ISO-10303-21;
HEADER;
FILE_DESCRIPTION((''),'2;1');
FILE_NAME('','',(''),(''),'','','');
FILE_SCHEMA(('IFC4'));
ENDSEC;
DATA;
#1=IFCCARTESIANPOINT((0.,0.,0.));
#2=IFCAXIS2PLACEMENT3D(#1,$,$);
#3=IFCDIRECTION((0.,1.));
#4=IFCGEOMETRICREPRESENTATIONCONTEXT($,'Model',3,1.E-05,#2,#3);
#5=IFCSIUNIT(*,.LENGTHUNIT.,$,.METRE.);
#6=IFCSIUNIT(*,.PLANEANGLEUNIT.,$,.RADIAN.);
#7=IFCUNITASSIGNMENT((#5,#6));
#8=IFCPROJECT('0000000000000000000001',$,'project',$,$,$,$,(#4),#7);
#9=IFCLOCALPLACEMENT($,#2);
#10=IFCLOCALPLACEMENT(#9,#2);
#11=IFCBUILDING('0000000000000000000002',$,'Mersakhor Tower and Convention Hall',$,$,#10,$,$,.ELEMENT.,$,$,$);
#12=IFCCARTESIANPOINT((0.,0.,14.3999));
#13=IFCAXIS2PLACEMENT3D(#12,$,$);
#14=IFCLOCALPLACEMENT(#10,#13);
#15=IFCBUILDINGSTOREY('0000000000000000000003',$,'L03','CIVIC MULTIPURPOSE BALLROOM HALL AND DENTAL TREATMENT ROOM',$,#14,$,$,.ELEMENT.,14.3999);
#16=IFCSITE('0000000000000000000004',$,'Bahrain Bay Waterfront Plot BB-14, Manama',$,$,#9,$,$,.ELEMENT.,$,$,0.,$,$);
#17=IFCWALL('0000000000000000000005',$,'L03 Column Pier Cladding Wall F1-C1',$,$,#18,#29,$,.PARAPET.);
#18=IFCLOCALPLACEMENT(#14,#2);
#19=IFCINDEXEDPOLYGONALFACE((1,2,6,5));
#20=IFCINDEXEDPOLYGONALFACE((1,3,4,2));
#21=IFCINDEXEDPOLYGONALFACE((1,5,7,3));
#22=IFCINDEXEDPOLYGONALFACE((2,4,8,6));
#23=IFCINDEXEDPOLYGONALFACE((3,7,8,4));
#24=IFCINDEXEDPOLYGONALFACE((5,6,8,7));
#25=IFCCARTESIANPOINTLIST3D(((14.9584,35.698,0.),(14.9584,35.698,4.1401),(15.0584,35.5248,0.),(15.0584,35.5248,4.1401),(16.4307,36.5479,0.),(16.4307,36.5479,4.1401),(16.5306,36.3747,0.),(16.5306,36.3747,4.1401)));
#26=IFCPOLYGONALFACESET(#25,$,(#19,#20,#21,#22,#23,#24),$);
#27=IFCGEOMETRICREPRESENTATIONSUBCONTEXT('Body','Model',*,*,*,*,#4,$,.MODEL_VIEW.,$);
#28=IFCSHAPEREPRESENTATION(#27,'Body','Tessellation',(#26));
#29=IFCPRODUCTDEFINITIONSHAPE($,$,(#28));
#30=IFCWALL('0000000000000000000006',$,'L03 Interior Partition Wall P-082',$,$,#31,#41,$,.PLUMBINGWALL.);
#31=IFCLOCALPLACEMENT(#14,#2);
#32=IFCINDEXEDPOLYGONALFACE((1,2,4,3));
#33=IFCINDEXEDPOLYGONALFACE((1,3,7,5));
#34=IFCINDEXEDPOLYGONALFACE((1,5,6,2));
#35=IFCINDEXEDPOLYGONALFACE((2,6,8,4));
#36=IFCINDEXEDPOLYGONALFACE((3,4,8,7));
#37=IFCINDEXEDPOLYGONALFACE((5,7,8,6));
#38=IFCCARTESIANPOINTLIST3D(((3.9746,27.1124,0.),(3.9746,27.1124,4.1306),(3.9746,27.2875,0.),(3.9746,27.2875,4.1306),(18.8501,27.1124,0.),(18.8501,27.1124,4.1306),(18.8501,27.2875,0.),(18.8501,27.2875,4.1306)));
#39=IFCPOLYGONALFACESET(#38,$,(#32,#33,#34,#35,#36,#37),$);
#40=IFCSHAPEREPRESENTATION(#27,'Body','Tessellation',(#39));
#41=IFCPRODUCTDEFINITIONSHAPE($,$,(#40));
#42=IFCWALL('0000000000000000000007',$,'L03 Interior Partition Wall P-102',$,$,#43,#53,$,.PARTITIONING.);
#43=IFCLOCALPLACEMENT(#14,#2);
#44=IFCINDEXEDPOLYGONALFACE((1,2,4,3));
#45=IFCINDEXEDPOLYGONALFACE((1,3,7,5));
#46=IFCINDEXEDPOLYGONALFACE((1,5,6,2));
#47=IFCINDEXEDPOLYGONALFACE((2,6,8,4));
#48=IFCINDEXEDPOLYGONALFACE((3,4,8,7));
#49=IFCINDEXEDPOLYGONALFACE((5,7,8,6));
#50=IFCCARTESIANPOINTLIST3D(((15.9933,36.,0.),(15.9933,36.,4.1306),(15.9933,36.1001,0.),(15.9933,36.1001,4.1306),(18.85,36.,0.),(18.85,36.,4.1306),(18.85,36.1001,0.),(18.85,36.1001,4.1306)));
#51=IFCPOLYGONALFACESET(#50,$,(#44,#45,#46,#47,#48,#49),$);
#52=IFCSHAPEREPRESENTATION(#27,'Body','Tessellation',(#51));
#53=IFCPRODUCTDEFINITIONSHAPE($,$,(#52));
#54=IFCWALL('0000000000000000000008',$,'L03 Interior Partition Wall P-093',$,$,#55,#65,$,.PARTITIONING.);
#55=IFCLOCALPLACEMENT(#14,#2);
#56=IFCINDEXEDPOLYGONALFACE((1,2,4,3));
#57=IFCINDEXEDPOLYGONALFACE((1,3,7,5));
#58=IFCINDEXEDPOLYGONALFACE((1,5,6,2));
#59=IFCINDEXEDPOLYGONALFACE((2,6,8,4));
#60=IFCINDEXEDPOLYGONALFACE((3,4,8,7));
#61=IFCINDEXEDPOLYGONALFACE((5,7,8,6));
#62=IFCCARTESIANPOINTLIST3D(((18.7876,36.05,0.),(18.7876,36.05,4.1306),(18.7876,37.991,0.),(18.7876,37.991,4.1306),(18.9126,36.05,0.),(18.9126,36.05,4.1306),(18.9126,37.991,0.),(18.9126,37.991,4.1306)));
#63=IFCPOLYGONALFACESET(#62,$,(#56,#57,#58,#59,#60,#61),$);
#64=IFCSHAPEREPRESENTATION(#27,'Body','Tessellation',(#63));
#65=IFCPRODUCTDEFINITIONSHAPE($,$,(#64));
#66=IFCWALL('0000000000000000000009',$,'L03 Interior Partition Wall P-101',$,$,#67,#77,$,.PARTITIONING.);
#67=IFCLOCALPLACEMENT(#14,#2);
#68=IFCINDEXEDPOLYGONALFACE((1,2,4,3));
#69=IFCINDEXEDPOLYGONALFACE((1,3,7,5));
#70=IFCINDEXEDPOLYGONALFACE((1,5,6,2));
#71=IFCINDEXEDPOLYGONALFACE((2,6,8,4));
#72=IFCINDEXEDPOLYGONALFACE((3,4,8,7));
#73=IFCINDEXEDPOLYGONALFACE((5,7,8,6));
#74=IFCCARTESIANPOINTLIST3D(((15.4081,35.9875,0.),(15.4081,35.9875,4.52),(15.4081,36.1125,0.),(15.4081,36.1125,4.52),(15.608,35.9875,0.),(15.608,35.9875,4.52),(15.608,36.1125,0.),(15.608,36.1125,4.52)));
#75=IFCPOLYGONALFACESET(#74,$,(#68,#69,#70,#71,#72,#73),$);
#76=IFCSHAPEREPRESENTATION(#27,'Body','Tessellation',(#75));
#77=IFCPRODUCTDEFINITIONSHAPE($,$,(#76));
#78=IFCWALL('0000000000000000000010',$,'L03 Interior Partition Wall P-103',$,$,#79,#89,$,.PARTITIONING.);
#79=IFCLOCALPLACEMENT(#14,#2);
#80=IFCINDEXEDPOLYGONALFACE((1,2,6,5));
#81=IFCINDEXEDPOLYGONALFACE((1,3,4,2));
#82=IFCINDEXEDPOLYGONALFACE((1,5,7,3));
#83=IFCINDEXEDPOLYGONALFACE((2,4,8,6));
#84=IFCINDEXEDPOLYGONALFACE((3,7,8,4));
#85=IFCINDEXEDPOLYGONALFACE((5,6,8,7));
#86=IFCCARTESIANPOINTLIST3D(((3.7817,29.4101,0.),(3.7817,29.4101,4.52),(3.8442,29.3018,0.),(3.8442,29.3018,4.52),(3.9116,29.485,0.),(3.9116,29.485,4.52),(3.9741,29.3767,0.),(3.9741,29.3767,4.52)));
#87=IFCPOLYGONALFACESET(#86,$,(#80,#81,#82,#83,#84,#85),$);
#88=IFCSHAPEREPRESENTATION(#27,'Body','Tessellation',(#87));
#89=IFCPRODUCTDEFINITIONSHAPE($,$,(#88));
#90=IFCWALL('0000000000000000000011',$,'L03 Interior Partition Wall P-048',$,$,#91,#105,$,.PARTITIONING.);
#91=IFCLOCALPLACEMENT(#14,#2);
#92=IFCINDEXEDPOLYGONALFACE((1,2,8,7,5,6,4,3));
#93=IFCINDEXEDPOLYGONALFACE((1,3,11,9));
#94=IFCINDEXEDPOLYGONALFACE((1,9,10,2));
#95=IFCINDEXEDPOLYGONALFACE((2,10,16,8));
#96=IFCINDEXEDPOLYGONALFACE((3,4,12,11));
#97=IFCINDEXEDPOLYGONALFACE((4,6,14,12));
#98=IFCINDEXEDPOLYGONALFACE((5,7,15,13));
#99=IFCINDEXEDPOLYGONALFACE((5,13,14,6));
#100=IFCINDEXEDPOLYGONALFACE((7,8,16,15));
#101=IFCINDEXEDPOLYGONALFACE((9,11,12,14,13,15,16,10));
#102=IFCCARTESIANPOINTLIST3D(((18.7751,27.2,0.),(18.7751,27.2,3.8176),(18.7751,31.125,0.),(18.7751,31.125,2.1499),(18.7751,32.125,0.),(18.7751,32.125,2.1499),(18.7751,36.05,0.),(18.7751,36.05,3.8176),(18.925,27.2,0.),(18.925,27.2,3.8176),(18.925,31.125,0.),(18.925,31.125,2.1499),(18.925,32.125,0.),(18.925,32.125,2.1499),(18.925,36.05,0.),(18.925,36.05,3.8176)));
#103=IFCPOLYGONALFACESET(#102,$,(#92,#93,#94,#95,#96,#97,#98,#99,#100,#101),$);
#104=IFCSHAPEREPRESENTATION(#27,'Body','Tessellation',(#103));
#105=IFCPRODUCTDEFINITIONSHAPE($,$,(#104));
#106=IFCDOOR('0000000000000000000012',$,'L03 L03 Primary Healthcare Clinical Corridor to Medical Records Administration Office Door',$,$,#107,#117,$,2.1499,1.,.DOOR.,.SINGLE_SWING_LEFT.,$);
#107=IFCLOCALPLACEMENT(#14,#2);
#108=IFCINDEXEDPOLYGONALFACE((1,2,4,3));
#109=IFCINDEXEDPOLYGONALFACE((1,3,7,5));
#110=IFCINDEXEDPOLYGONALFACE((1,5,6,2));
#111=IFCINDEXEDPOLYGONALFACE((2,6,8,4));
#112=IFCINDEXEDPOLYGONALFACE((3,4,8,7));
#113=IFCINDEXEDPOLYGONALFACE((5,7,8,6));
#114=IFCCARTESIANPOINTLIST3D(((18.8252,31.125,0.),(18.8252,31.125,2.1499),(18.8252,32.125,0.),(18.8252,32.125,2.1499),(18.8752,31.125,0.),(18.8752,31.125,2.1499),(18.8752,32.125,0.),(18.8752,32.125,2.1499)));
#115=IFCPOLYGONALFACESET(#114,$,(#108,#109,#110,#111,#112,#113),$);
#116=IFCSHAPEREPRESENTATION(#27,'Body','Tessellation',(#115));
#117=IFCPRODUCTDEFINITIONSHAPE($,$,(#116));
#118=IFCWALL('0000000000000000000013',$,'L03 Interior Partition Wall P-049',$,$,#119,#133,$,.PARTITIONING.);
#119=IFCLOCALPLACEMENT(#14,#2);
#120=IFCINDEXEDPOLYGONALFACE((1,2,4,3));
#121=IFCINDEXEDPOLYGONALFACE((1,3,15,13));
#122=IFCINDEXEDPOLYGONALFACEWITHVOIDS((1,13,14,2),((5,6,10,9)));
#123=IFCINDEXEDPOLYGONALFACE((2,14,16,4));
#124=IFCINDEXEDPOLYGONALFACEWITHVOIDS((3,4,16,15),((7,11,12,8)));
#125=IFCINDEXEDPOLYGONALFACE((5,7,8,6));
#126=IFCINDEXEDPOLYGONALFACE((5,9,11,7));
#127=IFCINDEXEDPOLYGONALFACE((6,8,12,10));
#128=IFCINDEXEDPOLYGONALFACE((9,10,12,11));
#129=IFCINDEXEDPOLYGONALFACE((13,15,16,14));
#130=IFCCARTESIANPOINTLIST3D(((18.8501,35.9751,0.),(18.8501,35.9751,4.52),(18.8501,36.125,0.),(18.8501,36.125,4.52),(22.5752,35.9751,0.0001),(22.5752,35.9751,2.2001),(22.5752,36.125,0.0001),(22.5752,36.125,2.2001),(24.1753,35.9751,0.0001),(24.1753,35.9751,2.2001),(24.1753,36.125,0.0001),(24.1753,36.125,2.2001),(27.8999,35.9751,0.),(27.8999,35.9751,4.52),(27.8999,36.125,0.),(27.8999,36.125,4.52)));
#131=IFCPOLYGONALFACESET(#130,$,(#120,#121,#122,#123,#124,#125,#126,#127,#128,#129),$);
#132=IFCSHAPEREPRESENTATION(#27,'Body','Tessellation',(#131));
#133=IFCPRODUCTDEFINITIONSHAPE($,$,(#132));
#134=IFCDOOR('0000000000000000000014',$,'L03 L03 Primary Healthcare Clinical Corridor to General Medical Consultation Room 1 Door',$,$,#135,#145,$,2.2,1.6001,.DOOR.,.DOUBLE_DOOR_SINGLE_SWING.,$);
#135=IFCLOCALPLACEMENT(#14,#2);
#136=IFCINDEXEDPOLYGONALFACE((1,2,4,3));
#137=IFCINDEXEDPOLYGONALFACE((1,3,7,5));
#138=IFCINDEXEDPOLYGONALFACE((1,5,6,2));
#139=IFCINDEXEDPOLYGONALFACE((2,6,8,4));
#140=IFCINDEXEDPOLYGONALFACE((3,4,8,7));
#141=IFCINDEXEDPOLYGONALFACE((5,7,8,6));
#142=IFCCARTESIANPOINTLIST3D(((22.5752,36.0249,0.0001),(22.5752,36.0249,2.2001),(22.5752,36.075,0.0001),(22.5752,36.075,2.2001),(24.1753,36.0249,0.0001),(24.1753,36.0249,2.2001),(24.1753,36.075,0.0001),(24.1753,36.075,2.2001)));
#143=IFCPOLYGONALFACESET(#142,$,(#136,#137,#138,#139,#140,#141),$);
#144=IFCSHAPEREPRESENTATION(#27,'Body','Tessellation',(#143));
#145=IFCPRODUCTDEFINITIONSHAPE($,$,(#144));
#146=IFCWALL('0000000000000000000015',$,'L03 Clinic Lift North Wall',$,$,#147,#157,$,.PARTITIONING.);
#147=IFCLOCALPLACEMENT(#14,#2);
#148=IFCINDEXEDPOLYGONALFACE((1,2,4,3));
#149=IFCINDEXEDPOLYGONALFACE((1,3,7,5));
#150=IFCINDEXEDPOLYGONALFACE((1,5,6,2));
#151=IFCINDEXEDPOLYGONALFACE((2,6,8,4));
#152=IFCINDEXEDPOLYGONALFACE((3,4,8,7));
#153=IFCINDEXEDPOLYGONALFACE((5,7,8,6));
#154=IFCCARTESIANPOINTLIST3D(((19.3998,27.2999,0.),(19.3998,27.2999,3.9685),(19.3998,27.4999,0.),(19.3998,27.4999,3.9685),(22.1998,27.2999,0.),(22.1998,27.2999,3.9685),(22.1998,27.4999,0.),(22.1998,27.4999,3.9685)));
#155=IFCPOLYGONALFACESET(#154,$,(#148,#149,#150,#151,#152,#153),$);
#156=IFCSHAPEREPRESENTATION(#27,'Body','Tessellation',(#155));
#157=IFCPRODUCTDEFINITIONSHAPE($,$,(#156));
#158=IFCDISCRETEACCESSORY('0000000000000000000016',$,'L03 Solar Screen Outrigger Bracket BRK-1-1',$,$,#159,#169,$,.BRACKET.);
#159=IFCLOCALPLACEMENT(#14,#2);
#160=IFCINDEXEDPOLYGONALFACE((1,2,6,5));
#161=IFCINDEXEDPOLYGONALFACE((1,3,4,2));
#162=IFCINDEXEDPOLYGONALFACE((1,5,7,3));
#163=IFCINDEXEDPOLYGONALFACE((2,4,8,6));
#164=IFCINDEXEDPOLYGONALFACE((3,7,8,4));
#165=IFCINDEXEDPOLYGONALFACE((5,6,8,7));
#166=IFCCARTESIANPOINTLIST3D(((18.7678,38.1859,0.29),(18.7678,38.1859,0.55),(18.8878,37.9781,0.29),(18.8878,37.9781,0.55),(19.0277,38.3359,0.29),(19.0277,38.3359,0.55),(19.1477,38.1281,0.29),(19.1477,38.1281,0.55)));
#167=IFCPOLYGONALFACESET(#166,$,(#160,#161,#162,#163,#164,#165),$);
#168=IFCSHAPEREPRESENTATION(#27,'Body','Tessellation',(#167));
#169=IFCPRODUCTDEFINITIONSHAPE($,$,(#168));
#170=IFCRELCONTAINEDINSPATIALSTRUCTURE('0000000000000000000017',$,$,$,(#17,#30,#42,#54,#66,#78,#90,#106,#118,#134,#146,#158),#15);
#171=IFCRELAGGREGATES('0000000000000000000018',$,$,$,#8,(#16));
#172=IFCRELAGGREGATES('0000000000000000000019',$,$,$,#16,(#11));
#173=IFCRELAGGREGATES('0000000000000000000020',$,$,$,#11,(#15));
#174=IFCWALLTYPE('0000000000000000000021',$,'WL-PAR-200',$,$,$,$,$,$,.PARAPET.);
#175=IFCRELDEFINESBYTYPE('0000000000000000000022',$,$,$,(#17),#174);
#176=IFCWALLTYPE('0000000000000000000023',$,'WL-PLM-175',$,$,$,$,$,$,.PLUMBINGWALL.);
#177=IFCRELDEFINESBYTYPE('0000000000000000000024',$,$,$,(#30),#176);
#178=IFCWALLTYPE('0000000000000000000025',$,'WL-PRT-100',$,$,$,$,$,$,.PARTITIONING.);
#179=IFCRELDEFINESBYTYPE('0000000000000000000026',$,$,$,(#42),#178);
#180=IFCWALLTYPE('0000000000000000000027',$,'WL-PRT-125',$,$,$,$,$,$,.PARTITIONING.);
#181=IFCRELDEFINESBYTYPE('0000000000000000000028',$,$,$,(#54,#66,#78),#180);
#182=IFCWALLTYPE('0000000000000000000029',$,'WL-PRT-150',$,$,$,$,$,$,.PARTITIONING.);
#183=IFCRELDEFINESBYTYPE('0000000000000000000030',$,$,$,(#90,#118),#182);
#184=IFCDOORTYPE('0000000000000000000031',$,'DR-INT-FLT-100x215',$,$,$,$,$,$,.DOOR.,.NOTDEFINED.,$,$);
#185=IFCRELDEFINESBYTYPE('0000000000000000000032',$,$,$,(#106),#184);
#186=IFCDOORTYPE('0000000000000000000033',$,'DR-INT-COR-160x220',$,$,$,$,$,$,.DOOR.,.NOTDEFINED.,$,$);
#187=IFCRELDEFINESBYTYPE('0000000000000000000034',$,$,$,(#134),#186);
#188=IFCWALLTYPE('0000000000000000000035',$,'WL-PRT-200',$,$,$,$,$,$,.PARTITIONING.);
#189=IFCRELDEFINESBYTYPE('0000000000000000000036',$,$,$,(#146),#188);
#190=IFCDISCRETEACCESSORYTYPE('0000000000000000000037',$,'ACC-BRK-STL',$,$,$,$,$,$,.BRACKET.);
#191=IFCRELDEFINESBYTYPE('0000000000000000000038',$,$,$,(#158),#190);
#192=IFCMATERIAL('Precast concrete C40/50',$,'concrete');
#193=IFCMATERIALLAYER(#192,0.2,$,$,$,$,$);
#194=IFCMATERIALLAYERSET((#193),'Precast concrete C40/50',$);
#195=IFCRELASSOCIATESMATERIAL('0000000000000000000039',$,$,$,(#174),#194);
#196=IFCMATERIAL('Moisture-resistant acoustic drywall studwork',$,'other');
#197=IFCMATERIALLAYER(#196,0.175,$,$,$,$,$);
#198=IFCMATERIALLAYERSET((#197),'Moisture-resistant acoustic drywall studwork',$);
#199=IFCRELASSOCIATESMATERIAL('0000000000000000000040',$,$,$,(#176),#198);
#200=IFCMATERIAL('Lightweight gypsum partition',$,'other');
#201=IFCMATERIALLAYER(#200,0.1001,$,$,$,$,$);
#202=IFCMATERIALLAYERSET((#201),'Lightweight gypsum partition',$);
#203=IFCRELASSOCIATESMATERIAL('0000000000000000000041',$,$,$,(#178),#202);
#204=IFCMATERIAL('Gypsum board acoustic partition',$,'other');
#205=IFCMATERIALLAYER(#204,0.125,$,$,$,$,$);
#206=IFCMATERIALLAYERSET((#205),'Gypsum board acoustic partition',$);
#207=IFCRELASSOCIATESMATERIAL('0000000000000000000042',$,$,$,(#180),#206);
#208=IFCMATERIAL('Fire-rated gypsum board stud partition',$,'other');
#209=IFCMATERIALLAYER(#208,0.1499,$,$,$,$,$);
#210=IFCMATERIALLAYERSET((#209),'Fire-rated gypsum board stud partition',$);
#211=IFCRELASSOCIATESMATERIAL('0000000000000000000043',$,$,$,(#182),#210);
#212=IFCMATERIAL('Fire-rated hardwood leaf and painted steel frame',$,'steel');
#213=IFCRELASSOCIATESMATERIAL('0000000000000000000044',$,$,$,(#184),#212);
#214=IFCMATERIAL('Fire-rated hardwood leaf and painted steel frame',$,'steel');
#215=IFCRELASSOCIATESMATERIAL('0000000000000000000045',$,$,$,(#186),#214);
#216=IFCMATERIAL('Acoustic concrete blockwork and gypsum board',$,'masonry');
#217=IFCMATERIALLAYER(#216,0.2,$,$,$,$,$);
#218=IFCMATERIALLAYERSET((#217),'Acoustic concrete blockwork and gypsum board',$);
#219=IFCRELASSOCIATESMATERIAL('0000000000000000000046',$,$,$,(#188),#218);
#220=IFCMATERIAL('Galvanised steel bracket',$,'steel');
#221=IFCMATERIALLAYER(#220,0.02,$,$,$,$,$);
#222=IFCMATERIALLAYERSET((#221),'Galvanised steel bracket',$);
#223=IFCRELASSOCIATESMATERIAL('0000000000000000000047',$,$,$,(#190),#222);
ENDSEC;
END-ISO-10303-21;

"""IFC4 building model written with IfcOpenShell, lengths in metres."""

from ifc_helpers import new_model, si_unit, direction, frame, frame_2d, origin, origin_2d, place, context, subcontext, project, spatial, rectangle, extrude, material, layer, layer_set, type_object, element, fill, save


model = new_model("IFC4")

# Units and contexts
model_context = context("Model", 3, precision=1e-05, world=origin(), true_north=direction((0.0, 1.0)))
body_context = subcontext(model_context, "Body", "Model", "MODEL_VIEW")
ifc_project = project(units=[si_unit("LENGTHUNIT", "METRE"), si_unit("PLANEANGLEUNIT", "RADIAN")], contexts=[model_context])

# Site, building, storey
site_placement = place(None, origin())
site = spatial("IfcSite", under=ifc_project, at=site_placement, Name="Bahrain Bay Waterfront Plot BB-14, Manama", CompositionType="ELEMENT", RefElevation=0.0)
building_placement = place(site_placement, origin())
building = spatial("IfcBuilding", under=site, at=building_placement, Name="Mersakhor Tower and Convention Hall", CompositionType="ELEMENT")
storey_placement = place(building_placement, frame((0.0, 0.0, 14.3999)))
storey = spatial("IfcBuildingStorey", under=building, at=storey_placement, Name="L03", Description="CIVIC MULTIPURPOSE BALLROOM HALL AND DENTAL TREATMENT ROOM", CompositionType="ELEMENT", Elevation=14.3999)

# Walls
ifc_material_1 = material(Name="Precast concrete C40/50", Category="concrete")
ifc_layer_1 = layer(ifc_material_1, 0.2)
ifc_layer_set_1 = layer_set([ifc_layer_1], Name="Precast concrete C40/50")
wall_type_1 = type_object("IfcWallType", Name="WL-PAR-200", PredefinedType="PARAPET", material=ifc_layer_set_1)
wall_1_placement = place(storey_placement, frame((15.0083, 35.6113, 0.0), z_axis=(0.0, 0.0, 1.0), x_axis=(0.866052, 0.499955, 0.0)))
element("IfcWall", 1, at=wall_1_placement, inside=storey, type_object=wall_type_1, Name="L03 Column Pier Cladding Wall F1-C1", PredefinedType="PARAPET", context=body_context, shape_type="SweptSolid", body=[
    extrude(rectangle(XDim=1.7, YDim=0.2, at=frame_2d((0.8501, 0.0))), origin(), (0.0, 0.0, 1.0), 4.1401),
])
ifc_material_2 = material(Name="Moisture-resistant acoustic drywall studwork", Category="other")
ifc_layer_2 = layer(ifc_material_2, 0.175)
ifc_layer_set_2 = layer_set([ifc_layer_2], Name="Moisture-resistant acoustic drywall studwork")
wall_type_2 = type_object("IfcWallType", Name="WL-PLM-175", PredefinedType="PLUMBINGWALL", material=ifc_layer_set_2)
wall_2_placement = place(storey_placement, frame((3.9746, 27.2, 0.0), z_axis=(0.0, 0.0, 1.0), x_axis=(1.0, 0.0, 0.0)))
element("IfcWall", 2, at=wall_2_placement, inside=storey, type_object=wall_type_2, Name="L03 Interior Partition Wall P-082", PredefinedType="PLUMBINGWALL", context=body_context, shape_type="SweptSolid", body=[
    extrude(rectangle(XDim=14.8755, YDim=0.175, at=frame_2d((7.4377, 0.0))), origin(), (0.0, 0.0, 1.0), 4.1306),
])
ifc_material_3 = material(Name="Lightweight gypsum partition", Category="other")
ifc_layer_3 = layer(ifc_material_3, 0.1001)
ifc_layer_set_3 = layer_set([ifc_layer_3], Name="Lightweight gypsum partition")
wall_type_3 = type_object("IfcWallType", Name="WL-PRT-100", PredefinedType="PARTITIONING", material=ifc_layer_set_3)
wall_3_placement = place(storey_placement, frame((15.9934, 36.05, 0.0), z_axis=(0.0, 0.0, 1.0), x_axis=(1.0, 0.0, 0.0)))
element("IfcWall", 3, at=wall_3_placement, inside=storey, type_object=wall_type_3, Name="L03 Interior Partition Wall P-102", PredefinedType="PARTITIONING", context=body_context, shape_type="SweptSolid", body=[
    extrude(rectangle(XDim=2.8567, YDim=0.1001, at=frame_2d((1.4282, 0.0))), origin(), (0.0, 0.0, 1.0), 4.1306),
])
ifc_material_4 = material(Name="Gypsum board acoustic partition", Category="other")
ifc_layer_4 = layer(ifc_material_4, 0.125)
ifc_layer_set_4 = layer_set([ifc_layer_4], Name="Gypsum board acoustic partition")
wall_type_4 = type_object("IfcWallType", Name="WL-PRT-125", PredefinedType="PARTITIONING", material=ifc_layer_set_4)
wall_4_placement = place(storey_placement, frame((18.8501, 36.05, 0.0), z_axis=(0.0, 0.0, 1.0), x_axis=(0.0, 1.0, 0.0)))
element("IfcWall", 4, at=wall_4_placement, inside=storey, type_object=wall_type_4, Name="L03 Interior Partition Wall P-093", PredefinedType="PARTITIONING", context=body_context, shape_type="SweptSolid", body=[
    extrude(rectangle(XDim=1.9409, YDim=0.125, at=frame_2d((0.9705, 0.0))), origin(), (0.0, 0.0, 1.0), 4.1306),
])
wall_5_placement = place(storey_placement, frame((15.408, 36.05, 0.0), z_axis=(0.0, 0.0, 1.0), x_axis=(1.0, 0.0, 0.0)))
element("IfcWall", 5, at=wall_5_placement, inside=storey, type_object=wall_type_4, Name="L03 Interior Partition Wall P-101", PredefinedType="PARTITIONING", context=body_context, shape_type="SweptSolid", body=[
    extrude(rectangle(XDim=0.2, YDim=0.125, at=frame_2d((0.1001, 0.0))), origin(), (0.0, 0.0, 1.0), 4.52),
])
wall_6_placement = place(storey_placement, frame((3.813, 29.356, 0.0), z_axis=(0.0, 0.0, 1.0), x_axis=(0.866131, 0.499816, 0.0)))
element("IfcWall", 6, at=wall_6_placement, inside=storey, type_object=wall_type_4, Name="L03 Interior Partition Wall P-103", PredefinedType="PARTITIONING", context=body_context, shape_type="SweptSolid", body=[
    extrude(rectangle(XDim=0.1499, YDim=0.125, at=frame_2d((0.075, 0.0))), origin(), (0.0, 0.0, 1.0), 4.52),
])

# Walls, openings, doors
ifc_material_5 = material(Name="Fire-rated gypsum board stud partition", Category="other")
ifc_layer_5 = layer(ifc_material_5, 0.1499)
ifc_layer_set_5 = layer_set([ifc_layer_5], Name="Fire-rated gypsum board stud partition")
wall_type_5 = type_object("IfcWallType", Name="WL-PRT-150", PredefinedType="PARTITIONING", material=ifc_layer_set_5)
wall_7_placement = place(storey_placement, frame((18.8501, 27.2, 0.0), z_axis=(0.0, 0.0, 1.0), x_axis=(0.0, 1.0, 0.0)))
wall_7 = element("IfcWall", 7, at=wall_7_placement, inside=storey, type_object=wall_type_5, Name="L03 Interior Partition Wall P-048", PredefinedType="PARTITIONING", context=body_context, shape_type="SweptSolid", body=[
    extrude(rectangle(XDim=8.8501, YDim=0.1499, at=frame_2d((4.425, 0.0))), origin(), (0.0, 0.0, 1.0), 3.8176),
])
opening_1_placement = place(wall_7_placement, frame((3.925, 0.0, 0.0)))
opening_1 = element("IfcOpeningElement", 8, at=opening_1_placement, cuts=wall_7, PredefinedType="OPENING", context=body_context, shape_type="SweptSolid", body=[
    extrude(rectangle(XDim=1.0, YDim=2.1499, at=frame_2d((0.5, 1.075))), frame((0.0, 0.085, 0.0), z_axis=(0.0, -1.0, 0.0), x_axis=(1.0, 0.0, 0.0)), (0.0, 0.0, 1.0), 0.1699),
])
ifc_material_6 = material(Name="Fire-rated hardwood leaf and painted steel frame", Category="steel")
door_type_1 = type_object("IfcDoorType", Name="DR-INT-FLT-100x215", OperationType="NOTDEFINED", PredefinedType="DOOR", material=ifc_material_6)
door_1_placement = place(opening_1_placement, origin())
door_1 = element("IfcDoor", 9, at=door_1_placement, inside=storey, type_object=door_type_1, Name="L03 L03 Primary Healthcare Clinical Corridor to Medical Records Administration Office Door", OperationType="SINGLE_SWING_LEFT", OverallHeight=2.1499, OverallWidth=1.0, PredefinedType="DOOR", context=body_context, shape_type="SweptSolid", body=[
    extrude(rectangle(XDim=1.0, YDim=2.1499, at=frame_2d((0.5, 1.075))), frame((0.0, 0.0249, 0.0), z_axis=(0.0, -1.0, 0.0), x_axis=(1.0, 0.0, 0.0)), (0.0, 0.0, 1.0), 0.05),
])
fill(opening_1, door_1)
wall_8_placement = place(storey_placement, frame((18.8501, 36.05, 0.0), z_axis=(0.0, 0.0, 1.0), x_axis=(1.0, 0.0, 0.0)))
wall_8 = element("IfcWall", 10, at=wall_8_placement, inside=storey, type_object=wall_type_5, Name="L03 Interior Partition Wall P-049", PredefinedType="PARTITIONING", context=body_context, shape_type="SweptSolid", body=[
    extrude(rectangle(XDim=9.0498, YDim=0.1499, at=frame_2d((4.5249, 0.0))), origin(), (0.0, 0.0, 1.0), 4.52),
])
opening_2_placement = place(wall_8_placement, frame((3.7251, 0.0, 0.0)))
opening_2 = element("IfcOpeningElement", 11, at=opening_2_placement, cuts=wall_8, PredefinedType="OPENING", context=body_context, shape_type="SweptSolid", body=[
    extrude(rectangle(XDim=1.6001, YDim=2.2, at=frame_2d((0.8, 1.1001))), frame((0.0, 0.085, 0.0), z_axis=(0.0, -1.0, 0.0), x_axis=(1.0, 0.0, 0.0)), (0.0, 0.0, 1.0), 0.1699),
])
ifc_material_7 = material(Name="Fire-rated hardwood leaf and painted steel frame", Category="steel")
door_type_2 = type_object("IfcDoorType", Name="DR-INT-COR-160x220", OperationType="NOTDEFINED", PredefinedType="DOOR", material=ifc_material_7)
door_2_placement = place(opening_2_placement, origin())
door_2 = element("IfcDoor", 12, at=door_2_placement, inside=storey, type_object=door_type_2, Name="L03 L03 Primary Healthcare Clinical Corridor to General Medical Consultation Room 1 Door", OperationType="DOUBLE_DOOR_SINGLE_SWING", OverallHeight=2.2, OverallWidth=1.6001, PredefinedType="DOOR", context=body_context, shape_type="SweptSolid", body=[
    extrude(rectangle(XDim=1.6001, YDim=2.2, at=frame_2d((0.8, 1.1001))), frame((0.0, 0.0249, 0.0), z_axis=(0.0, -1.0, 0.0), x_axis=(1.0, 0.0, 0.0)), (0.0, 0.0, 1.0), 0.05),
])
fill(opening_2, door_2)

# Wall
ifc_material_8 = material(Name="Acoustic concrete blockwork and gypsum board", Category="masonry")
ifc_layer_6 = layer(ifc_material_8, 0.2)
ifc_layer_set_6 = layer_set([ifc_layer_6], Name="Acoustic concrete blockwork and gypsum board")
wall_type_6 = type_object("IfcWallType", Name="WL-PRT-200", PredefinedType="PARTITIONING", material=ifc_layer_set_6)
wall_9_placement = place(storey_placement, frame((19.3999, 27.3999, 0.0), z_axis=(0.0, 0.0, 1.0), x_axis=(1.0, 0.0, 0.0)))
element("IfcWall", 13, at=wall_9_placement, inside=storey, type_object=wall_type_6, Name="L03 Clinic Lift North Wall", PredefinedType="PARTITIONING", context=body_context, shape_type="SweptSolid", body=[
    extrude(rectangle(XDim=2.8, YDim=0.2, at=frame_2d((1.3999, 0.0))), origin(), (0.0, 0.0, 1.0), 3.9685),
])

# Discrete accessory
ifc_material_9 = material(Name="Galvanised steel bracket", Category="steel")
ifc_layer_7 = layer(ifc_material_9, 0.02)
ifc_layer_set_7 = layer_set([ifc_layer_7], Name="Galvanised steel bracket")
discrete_accessory_type = type_object("IfcDiscreteAccessoryType", Name="ACC-BRK-STL", PredefinedType="BRACKET", material=ifc_layer_set_7)
discrete_accessory_placement = place(storey_placement, frame((18.9578, 38.157, 0.29), z_axis=(0.0, 0.0, 1.0), x_axis=(0.866025, 0.5, 0.0)))
element("IfcDiscreteAccessory", 14, at=discrete_accessory_placement, inside=storey, type_object=discrete_accessory_type, Name="L03 Solar Screen Outrigger Bracket BRK-1-1", PredefinedType="BRACKET", context=body_context, shape_type="SweptSolid", body=[
    extrude(rectangle(XDim=0.3, YDim=0.24, at=origin_2d()), origin(), (0.0, 0.0, 1.0), 0.26),
])

save(model, "model.ifc")
